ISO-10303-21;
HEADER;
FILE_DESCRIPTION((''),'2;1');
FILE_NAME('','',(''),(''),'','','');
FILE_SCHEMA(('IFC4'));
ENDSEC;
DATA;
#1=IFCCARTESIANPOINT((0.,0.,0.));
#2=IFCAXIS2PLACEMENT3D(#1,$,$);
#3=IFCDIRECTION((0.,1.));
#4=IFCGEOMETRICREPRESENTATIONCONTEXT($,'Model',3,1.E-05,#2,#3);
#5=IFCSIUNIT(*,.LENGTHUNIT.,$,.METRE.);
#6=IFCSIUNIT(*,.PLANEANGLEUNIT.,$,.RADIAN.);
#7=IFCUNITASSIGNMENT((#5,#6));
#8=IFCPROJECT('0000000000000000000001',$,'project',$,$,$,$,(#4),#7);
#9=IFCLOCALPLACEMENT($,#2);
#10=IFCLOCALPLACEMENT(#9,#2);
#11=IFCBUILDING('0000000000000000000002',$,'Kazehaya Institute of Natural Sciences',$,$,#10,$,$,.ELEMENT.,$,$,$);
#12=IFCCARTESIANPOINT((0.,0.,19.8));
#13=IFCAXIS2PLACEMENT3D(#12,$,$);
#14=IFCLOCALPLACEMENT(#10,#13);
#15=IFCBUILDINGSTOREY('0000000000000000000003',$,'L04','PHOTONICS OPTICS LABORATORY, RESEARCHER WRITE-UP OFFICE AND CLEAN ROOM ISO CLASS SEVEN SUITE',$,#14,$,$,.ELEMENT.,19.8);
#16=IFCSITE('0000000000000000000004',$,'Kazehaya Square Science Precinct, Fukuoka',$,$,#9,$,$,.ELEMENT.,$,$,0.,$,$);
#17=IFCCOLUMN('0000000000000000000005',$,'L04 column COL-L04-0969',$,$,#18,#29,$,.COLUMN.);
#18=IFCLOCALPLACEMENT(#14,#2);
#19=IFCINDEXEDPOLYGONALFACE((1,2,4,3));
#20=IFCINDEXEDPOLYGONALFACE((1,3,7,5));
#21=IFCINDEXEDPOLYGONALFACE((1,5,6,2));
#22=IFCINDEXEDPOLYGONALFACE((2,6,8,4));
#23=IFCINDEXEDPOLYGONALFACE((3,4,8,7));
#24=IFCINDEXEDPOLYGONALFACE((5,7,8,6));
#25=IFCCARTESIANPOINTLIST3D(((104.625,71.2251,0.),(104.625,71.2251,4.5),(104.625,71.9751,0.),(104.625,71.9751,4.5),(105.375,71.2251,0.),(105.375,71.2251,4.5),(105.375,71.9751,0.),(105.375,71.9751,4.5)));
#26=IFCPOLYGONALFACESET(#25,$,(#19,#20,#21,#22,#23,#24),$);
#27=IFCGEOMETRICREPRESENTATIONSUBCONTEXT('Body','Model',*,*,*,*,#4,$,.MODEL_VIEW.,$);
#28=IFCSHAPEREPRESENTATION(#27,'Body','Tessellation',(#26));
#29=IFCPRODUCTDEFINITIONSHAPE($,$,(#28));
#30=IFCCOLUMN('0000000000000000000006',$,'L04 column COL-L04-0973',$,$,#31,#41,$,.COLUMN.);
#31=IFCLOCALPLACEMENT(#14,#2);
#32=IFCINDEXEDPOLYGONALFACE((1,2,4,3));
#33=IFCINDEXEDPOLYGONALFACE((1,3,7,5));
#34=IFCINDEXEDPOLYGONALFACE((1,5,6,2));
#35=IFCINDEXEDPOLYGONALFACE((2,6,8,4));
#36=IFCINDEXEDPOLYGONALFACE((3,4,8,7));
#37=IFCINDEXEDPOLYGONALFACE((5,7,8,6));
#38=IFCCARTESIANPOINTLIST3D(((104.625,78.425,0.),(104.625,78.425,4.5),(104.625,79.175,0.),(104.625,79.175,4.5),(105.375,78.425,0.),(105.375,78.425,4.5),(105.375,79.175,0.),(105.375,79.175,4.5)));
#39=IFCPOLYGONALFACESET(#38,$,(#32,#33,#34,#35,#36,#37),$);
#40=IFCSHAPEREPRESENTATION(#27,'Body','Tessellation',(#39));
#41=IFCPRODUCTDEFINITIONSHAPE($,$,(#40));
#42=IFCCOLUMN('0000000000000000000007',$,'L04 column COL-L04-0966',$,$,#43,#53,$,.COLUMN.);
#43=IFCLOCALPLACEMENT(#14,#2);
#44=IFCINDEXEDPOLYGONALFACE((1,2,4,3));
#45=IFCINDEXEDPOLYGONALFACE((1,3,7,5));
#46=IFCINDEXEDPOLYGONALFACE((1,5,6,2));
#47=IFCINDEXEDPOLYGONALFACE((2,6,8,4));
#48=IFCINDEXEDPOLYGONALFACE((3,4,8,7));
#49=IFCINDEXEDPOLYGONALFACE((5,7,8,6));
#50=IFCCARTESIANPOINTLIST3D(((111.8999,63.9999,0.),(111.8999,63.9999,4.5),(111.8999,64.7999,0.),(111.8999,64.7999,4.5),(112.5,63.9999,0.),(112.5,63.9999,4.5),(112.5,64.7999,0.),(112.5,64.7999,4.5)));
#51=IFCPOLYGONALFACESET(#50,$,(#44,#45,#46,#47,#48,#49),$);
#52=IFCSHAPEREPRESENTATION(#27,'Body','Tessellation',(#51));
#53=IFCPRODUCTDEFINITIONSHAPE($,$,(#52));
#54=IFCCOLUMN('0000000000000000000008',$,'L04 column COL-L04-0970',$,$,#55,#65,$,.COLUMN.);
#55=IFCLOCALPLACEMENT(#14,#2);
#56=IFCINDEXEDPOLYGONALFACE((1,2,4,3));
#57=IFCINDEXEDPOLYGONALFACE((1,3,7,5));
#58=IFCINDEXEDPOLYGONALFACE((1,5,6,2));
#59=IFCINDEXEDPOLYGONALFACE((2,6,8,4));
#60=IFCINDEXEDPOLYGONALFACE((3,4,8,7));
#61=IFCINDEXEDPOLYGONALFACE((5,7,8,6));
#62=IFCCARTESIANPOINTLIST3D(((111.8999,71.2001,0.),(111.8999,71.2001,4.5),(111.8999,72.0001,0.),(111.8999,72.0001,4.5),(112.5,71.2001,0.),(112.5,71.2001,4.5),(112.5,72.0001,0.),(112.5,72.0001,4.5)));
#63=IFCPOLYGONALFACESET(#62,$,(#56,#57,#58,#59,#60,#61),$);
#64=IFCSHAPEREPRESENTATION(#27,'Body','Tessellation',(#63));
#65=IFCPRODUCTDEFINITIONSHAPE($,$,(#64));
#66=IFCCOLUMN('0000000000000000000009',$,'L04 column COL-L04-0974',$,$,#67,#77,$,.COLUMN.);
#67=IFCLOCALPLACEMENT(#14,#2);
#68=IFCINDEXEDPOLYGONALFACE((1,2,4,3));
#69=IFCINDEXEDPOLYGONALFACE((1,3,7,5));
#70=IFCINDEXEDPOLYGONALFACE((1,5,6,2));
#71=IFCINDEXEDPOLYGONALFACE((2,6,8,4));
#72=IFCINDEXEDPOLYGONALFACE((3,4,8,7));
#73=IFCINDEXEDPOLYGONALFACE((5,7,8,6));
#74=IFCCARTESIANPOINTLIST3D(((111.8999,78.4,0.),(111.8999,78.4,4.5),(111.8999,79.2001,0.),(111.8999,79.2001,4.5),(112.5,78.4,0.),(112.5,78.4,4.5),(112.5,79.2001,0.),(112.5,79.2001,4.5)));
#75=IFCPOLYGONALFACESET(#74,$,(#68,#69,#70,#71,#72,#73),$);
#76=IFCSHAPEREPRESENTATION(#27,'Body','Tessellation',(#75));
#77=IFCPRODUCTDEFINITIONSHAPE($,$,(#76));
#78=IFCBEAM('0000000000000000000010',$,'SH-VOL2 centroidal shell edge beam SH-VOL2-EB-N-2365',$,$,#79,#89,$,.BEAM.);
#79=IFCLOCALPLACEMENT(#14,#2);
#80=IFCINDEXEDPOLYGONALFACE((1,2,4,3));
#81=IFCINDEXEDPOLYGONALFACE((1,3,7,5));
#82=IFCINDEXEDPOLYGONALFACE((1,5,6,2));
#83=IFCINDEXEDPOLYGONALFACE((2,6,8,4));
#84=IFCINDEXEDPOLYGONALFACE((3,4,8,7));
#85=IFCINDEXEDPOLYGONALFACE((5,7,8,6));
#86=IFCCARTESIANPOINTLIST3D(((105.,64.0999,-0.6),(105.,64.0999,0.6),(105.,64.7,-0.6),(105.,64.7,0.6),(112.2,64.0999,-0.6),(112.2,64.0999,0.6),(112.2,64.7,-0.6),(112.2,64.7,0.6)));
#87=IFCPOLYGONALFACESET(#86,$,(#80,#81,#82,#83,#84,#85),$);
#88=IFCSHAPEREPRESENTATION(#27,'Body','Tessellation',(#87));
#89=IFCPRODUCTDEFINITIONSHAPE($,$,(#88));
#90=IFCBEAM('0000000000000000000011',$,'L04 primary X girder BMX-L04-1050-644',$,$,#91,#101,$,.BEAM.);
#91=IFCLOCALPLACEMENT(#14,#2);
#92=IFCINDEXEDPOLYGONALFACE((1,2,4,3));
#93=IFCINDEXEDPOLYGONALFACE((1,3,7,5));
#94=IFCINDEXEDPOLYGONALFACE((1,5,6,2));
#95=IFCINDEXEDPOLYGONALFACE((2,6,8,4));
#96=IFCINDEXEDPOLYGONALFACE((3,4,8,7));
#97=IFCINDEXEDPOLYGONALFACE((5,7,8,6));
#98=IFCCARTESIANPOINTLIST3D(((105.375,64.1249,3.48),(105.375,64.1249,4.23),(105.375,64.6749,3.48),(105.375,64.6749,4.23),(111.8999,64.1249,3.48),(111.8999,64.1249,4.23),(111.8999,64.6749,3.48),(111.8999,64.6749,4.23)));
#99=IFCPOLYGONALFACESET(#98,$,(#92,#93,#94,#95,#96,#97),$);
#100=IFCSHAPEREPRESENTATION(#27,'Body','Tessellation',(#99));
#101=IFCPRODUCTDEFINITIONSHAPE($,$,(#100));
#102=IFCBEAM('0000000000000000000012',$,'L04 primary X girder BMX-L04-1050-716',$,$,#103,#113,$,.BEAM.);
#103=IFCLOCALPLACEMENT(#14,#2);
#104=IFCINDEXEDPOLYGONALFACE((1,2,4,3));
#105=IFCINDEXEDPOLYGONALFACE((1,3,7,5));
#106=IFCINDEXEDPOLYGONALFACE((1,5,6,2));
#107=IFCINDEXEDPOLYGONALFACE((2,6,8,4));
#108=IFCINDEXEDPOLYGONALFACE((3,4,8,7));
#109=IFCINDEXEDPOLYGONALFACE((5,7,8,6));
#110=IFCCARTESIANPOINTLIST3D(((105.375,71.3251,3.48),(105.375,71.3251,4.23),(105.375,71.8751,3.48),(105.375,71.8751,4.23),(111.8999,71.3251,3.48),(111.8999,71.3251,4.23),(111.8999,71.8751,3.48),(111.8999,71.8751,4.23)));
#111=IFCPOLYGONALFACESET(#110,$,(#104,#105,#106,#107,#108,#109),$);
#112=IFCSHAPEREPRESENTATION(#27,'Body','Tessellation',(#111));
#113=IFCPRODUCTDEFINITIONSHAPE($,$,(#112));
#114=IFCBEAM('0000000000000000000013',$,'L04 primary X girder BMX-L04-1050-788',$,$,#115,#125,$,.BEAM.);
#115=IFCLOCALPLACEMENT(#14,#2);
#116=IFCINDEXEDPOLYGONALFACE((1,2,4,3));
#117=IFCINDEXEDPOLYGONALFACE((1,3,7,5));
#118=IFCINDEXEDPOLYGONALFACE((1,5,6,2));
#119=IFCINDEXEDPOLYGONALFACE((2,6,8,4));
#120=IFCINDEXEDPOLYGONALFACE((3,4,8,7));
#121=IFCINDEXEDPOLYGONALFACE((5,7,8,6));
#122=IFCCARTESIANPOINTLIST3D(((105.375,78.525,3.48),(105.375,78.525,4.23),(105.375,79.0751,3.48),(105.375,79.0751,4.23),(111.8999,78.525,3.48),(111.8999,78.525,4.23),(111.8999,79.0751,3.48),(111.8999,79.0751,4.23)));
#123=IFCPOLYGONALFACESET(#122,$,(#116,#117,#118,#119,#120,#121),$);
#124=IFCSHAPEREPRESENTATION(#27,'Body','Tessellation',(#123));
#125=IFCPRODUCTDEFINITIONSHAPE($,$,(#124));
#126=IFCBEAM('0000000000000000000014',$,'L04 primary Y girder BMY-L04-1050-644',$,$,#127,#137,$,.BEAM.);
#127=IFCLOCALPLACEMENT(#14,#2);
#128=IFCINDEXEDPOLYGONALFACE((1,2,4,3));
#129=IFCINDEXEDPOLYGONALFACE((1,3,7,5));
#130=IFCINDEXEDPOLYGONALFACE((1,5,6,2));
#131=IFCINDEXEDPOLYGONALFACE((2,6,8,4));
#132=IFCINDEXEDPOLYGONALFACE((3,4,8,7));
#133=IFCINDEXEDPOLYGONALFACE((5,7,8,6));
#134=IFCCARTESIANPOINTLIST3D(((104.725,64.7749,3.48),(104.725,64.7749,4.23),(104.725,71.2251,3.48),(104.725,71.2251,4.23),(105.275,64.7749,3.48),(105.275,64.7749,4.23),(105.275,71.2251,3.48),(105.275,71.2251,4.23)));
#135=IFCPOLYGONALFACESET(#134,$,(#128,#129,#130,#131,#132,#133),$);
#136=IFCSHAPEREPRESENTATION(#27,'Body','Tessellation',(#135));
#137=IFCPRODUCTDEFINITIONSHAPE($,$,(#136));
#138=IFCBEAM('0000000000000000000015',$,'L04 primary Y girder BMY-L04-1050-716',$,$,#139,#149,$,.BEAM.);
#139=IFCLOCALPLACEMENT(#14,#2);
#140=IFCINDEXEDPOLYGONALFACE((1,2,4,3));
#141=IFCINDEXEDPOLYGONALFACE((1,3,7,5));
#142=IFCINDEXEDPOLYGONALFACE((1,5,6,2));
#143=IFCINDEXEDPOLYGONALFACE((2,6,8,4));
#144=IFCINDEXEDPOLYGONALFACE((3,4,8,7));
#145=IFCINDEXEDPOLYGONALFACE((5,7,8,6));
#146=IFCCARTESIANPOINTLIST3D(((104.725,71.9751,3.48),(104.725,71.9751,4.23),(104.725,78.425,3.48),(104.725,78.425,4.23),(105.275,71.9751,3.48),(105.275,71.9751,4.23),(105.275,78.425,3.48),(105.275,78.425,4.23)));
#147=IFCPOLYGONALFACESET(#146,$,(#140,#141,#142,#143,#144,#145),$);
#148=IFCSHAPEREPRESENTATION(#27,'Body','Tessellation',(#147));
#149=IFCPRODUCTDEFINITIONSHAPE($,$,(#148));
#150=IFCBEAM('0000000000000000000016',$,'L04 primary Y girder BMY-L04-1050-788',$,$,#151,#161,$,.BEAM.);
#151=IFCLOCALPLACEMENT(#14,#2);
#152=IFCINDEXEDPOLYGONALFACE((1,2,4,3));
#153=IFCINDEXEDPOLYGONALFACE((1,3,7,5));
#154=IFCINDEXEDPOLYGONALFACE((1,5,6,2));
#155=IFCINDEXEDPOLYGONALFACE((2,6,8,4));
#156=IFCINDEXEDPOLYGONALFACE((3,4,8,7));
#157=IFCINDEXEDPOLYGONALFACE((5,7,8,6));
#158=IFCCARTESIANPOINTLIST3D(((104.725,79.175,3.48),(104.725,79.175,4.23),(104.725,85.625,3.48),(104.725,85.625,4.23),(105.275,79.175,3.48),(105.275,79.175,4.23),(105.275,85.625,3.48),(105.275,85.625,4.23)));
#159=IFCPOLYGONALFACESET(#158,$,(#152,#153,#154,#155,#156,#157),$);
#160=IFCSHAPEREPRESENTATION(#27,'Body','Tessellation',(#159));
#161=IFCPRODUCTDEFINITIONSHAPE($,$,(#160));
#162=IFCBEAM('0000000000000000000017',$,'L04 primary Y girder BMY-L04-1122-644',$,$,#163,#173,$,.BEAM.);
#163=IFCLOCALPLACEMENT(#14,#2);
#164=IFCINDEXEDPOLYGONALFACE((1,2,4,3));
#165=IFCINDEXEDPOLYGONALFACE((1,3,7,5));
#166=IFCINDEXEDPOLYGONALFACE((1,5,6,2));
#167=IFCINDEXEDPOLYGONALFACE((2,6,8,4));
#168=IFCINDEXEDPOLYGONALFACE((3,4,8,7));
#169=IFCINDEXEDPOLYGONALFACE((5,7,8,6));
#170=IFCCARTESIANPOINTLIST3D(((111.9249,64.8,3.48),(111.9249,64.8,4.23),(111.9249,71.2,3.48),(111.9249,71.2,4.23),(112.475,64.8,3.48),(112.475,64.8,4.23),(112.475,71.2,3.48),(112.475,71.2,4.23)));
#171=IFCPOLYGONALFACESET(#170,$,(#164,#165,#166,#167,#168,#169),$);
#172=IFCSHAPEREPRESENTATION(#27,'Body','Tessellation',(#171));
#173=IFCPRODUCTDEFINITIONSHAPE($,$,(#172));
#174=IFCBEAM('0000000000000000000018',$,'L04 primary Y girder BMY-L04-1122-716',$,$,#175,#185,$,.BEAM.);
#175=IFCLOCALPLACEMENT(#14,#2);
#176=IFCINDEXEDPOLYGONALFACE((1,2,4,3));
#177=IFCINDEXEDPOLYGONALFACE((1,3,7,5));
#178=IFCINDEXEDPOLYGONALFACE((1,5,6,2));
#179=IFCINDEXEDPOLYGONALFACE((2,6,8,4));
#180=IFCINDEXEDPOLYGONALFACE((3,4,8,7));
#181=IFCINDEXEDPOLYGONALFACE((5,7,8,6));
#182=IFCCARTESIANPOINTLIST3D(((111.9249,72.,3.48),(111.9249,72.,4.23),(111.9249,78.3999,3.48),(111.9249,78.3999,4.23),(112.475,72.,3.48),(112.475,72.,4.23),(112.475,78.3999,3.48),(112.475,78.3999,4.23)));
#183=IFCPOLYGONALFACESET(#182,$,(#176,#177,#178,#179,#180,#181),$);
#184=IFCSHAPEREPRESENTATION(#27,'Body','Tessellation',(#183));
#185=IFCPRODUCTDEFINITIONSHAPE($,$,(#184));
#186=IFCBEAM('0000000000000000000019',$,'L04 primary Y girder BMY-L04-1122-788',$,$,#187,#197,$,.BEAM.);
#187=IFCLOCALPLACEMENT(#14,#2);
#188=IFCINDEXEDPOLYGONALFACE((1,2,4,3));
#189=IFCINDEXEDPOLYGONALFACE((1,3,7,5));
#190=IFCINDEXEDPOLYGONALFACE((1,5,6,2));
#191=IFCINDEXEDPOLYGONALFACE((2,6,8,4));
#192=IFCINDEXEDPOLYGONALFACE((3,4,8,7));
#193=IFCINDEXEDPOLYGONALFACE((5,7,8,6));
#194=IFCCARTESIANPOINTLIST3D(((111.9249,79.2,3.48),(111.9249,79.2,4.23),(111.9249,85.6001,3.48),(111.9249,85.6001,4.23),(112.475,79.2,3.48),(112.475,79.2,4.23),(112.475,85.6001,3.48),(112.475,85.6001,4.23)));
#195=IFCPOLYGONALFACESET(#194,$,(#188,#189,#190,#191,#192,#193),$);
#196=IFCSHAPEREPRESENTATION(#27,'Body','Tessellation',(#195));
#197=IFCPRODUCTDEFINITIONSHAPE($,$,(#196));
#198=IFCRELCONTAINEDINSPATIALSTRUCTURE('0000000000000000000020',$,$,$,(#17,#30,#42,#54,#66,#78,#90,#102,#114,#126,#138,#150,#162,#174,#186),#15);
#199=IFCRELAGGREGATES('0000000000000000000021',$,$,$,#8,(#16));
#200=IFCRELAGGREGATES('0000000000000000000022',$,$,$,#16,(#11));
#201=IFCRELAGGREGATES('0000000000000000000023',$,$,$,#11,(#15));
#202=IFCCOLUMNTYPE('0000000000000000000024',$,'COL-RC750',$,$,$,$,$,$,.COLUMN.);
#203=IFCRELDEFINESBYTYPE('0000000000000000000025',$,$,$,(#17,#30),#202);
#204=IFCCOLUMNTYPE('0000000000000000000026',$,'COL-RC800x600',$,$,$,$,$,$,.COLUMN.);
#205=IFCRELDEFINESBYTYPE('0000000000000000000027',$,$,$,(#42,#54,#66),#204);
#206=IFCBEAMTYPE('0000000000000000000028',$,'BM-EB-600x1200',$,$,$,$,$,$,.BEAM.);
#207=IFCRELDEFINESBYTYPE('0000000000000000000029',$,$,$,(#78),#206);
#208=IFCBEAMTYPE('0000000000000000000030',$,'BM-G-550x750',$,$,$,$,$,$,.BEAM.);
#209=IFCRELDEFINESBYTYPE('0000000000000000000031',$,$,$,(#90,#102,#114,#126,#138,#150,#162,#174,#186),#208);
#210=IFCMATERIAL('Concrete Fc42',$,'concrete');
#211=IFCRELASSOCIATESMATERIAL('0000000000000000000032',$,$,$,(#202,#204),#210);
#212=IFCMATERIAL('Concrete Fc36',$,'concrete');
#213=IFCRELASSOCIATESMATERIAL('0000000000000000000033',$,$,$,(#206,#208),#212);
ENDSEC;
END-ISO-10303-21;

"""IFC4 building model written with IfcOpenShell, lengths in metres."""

from ifc_helpers import new_model, si_unit, direction, frame, origin, origin_2d, place, context, subcontext, project, spatial, rectangle, extrude, material, material_profile, profile_set, type_object, element, save


model = new_model("IFC4")

# Units and contexts
model_context = context("Model", 3, precision=1e-05, world=origin(), true_north=direction((0.0, 1.0)))
body_context = subcontext(model_context, "Body", "Model", "MODEL_VIEW")
ifc_project = project(units=[si_unit("LENGTHUNIT", "METRE"), si_unit("PLANEANGLEUNIT", "RADIAN")], contexts=[model_context])

# Site, building, storey
site_placement = place(None, origin())
site = spatial("IfcSite", under=ifc_project, at=site_placement, Name="Kazehaya Square Science Precinct, Fukuoka", CompositionType="ELEMENT", RefElevation=0.0)
building_placement = place(site_placement, origin())
building = spatial("IfcBuilding", under=site, at=building_placement, Name="Kazehaya Institute of Natural Sciences", CompositionType="ELEMENT")
storey_placement = place(building_placement, frame((0.0, 0.0, 19.8)))
storey = spatial("IfcBuildingStorey", under=building, at=storey_placement, Name="L04", Description="PHOTONICS OPTICS LABORATORY, RESEARCHER WRITE-UP OFFICE AND CLEAN ROOM ISO CLASS SEVEN SUITE", CompositionType="ELEMENT", Elevation=19.8)

# Columns
ifc_material_1 = material(Name="Concrete Fc42", Category="concrete")
ifc_material_profile_1 = material_profile(ifc_material_1, rectangle(XDim=0.75, YDim=0.75, at=origin_2d()), Name="RC-750x750")
ifc_profile_set_1 = profile_set([ifc_material_profile_1], Name="Concrete Fc42")
column_type_1 = type_object("IfcColumnType", Name="COL-RC750", PredefinedType="COLUMN", material=ifc_profile_set_1)
for number, where, z_axis, x_axis, name in (
    (1, (105.0, 71.6001, 0.0), (0.0, 0.0, 1.0), (1.0, 0.0, 0.0), "L04 column COL-L04-0969"),
    (2, (105.0, 78.8, 0.0), (0.0, 0.0, 1.0), (1.0, 0.0, 0.0), "L04 column COL-L04-0973"),
):
    element("IfcColumn", number, at=place(storey_placement, frame(where, z_axis=z_axis, x_axis=x_axis)), inside=storey, type_object=column_type_1, Name=name, PredefinedType="COLUMN", context=body_context, shape_type="SweptSolid", body=[
        extrude(rectangle(XDim=0.75, YDim=0.75, at=origin_2d()), origin(), (0.0, 0.0, 1.0), 4.5),
    ])
ifc_material_profile_2 = material_profile(ifc_material_1, rectangle(XDim=0.6001, YDim=0.8, at=origin_2d()), Name="RC-800x600")
ifc_profile_set_2 = profile_set([ifc_material_profile_2], Name="Concrete Fc42")
column_type_2 = type_object("IfcColumnType", Name="COL-RC800x600", PredefinedType="COLUMN", material=ifc_profile_set_2)
for number, where, z_axis, x_axis, name in (
    (3, (112.2, 64.3999, 0.0), (0.0, 0.0, 1.0), (1.0, 0.0, 0.0), "L04 column COL-L04-0966"),
    (4, (112.2, 71.6001, 0.0), (0.0, 0.0, 1.0), (1.0, 0.0, 0.0), "L04 column COL-L04-0970"),
    (5, (112.2, 78.8, 0.0), (0.0, 0.0, 1.0), (1.0, 0.0, 0.0), "L04 column COL-L04-0974"),
):
    element("IfcColumn", number, at=place(storey_placement, frame(where, z_axis=z_axis, x_axis=x_axis)), inside=storey, type_object=column_type_2, Name=name, PredefinedType="COLUMN", context=body_context, shape_type="SweptSolid", body=[
        extrude(rectangle(XDim=0.6001, YDim=0.8, at=origin_2d()), origin(), (0.0, 0.0, 1.0), 4.5),
    ])

# Beams
ifc_material_2 = material(Name="Concrete Fc36", Category="concrete")
ifc_material_profile_3 = material_profile(ifc_material_2, rectangle(XDim=0.6001, YDim=1.2, at=origin_2d()), Name="RC-600x1200")
ifc_profile_set_3 = profile_set([ifc_material_profile_3], Name="Concrete Fc36")
beam_type_1 = type_object("IfcBeamType", Name="BM-EB-600x1200", PredefinedType="BEAM", material=ifc_profile_set_3)
beam_1_placement = place(storey_placement, frame((105.0, 64.3999, 0.0), z_axis=(1.0, 0.0, 0.0), x_axis=(0.0, 1.0, 0.0)))
element("IfcBeam", 6, at=beam_1_placement, inside=storey, type_object=beam_type_1, Name="SH-VOL2 centroidal shell edge beam SH-VOL2-EB-N-2365", PredefinedType="BEAM", context=body_context, shape_type="SweptSolid", body=[
    extrude(rectangle(XDim=0.6001, YDim=1.2, at=origin_2d()), origin(), (0.0, 0.0, 1.0), 7.2),
])
ifc_material_profile_4 = material_profile(ifc_material_2, rectangle(XDim=0.55, YDim=0.75, at=origin_2d()), Name="RC-550x750")
ifc_profile_set_4 = profile_set([ifc_material_profile_4], Name="Concrete Fc36")
beam_type_2 = type_object("IfcBeamType", Name="BM-G-550x750", PredefinedType="BEAM", material=ifc_profile_set_4)
for number, where, z_axis, x_axis, name in (
    (7, (105.375, 64.3999, 3.855), (1.0, 0.0, 0.0), (0.0, 1.0, 0.0), "L04 primary X girder BMX-L04-1050-644"),
    (8, (105.375, 71.6001, 3.855), (1.0, 0.0, 0.0), (0.0, 1.0, 0.0), "L04 primary X girder BMX-L04-1050-716"),
    (9, (105.375, 78.8, 3.855), (1.0, 0.0, 0.0), (0.0, 1.0, 0.0), "L04 primary X girder BMX-L04-1050-788"),
):
    element("IfcBeam", number, at=place(storey_placement, frame(where, z_axis=z_axis, x_axis=x_axis)), inside=storey, type_object=beam_type_2, Name=name, PredefinedType="BEAM", context=body_context, shape_type="SweptSolid", body=[
        extrude(rectangle(XDim=0.55, YDim=0.75, at=origin_2d()), origin(), (0.0, 0.0, 1.0), 6.5249),
    ])
beam_2_placement = place(storey_placement, frame((105.0, 64.7749, 3.855), z_axis=(0.0, 1.0, 0.0), x_axis=(-1.0, 0.0, 0.0)))
element("IfcBeam", 10, at=beam_2_placement, inside=storey, type_object=beam_type_2, Name="L04 primary Y girder BMY-L04-1050-644", PredefinedType="BEAM", context=body_context, shape_type="SweptSolid", body=[
    extrude(rectangle(XDim=0.55, YDim=0.75, at=origin_2d()), origin(), (0.0, 0.0, 1.0), 6.4502),
])
for number, where, z_axis, x_axis, name in (
    (11, (105.0, 71.9751, 3.855), (0.0, 1.0, 0.0), (-1.0, 0.0, 0.0), "L04 primary Y girder BMY-L04-1050-716"),
    (12, (105.0, 79.175, 3.855), (0.0, 1.0, 0.0), (-1.0, 0.0, 0.0), "L04 primary Y girder BMY-L04-1050-788"),
):
    element("IfcBeam", number, at=place(storey_placement, frame(where, z_axis=z_axis, x_axis=x_axis)), inside=storey, type_object=beam_type_2, Name=name, PredefinedType="BEAM", context=body_context, shape_type="SweptSolid", body=[
        extrude(rectangle(XDim=0.55, YDim=0.75, at=origin_2d()), origin(), (0.0, 0.0, 1.0), 6.45),
    ])
for number, where, z_axis, x_axis, name in (
    (13, (112.2, 64.8, 3.855), (0.0, 1.0, 0.0), (-1.0, 0.0, 0.0), "L04 primary Y girder BMY-L04-1122-644"),
    (14, (112.2, 72.0, 3.855), (0.0, 1.0, 0.0), (-1.0, 0.0, 0.0), "L04 primary Y girder BMY-L04-1122-716"),
):
    element("IfcBeam", number, at=place(storey_placement, frame(where, z_axis=z_axis, x_axis=x_axis)), inside=storey, type_object=beam_type_2, Name=name, PredefinedType="BEAM", context=body_context, shape_type="SweptSolid", body=[
        extrude(rectangle(XDim=0.55, YDim=0.75, at=origin_2d()), origin(), (0.0, 0.0, 1.0), 6.3999),
    ])
beam_3_placement = place(storey_placement, frame((112.2, 79.2, 3.855), z_axis=(0.0, 1.0, 0.0), x_axis=(-1.0, 0.0, 0.0)))
element("IfcBeam", 15, at=beam_3_placement, inside=storey, type_object=beam_type_2, Name="L04 primary Y girder BMY-L04-1122-788", PredefinedType="BEAM", context=body_context, shape_type="SweptSolid", body=[
    extrude(rectangle(XDim=0.55, YDim=0.75, at=origin_2d()), origin(), (0.0, 0.0, 1.0), 6.4001),
])

save(model, "model.ifc")
